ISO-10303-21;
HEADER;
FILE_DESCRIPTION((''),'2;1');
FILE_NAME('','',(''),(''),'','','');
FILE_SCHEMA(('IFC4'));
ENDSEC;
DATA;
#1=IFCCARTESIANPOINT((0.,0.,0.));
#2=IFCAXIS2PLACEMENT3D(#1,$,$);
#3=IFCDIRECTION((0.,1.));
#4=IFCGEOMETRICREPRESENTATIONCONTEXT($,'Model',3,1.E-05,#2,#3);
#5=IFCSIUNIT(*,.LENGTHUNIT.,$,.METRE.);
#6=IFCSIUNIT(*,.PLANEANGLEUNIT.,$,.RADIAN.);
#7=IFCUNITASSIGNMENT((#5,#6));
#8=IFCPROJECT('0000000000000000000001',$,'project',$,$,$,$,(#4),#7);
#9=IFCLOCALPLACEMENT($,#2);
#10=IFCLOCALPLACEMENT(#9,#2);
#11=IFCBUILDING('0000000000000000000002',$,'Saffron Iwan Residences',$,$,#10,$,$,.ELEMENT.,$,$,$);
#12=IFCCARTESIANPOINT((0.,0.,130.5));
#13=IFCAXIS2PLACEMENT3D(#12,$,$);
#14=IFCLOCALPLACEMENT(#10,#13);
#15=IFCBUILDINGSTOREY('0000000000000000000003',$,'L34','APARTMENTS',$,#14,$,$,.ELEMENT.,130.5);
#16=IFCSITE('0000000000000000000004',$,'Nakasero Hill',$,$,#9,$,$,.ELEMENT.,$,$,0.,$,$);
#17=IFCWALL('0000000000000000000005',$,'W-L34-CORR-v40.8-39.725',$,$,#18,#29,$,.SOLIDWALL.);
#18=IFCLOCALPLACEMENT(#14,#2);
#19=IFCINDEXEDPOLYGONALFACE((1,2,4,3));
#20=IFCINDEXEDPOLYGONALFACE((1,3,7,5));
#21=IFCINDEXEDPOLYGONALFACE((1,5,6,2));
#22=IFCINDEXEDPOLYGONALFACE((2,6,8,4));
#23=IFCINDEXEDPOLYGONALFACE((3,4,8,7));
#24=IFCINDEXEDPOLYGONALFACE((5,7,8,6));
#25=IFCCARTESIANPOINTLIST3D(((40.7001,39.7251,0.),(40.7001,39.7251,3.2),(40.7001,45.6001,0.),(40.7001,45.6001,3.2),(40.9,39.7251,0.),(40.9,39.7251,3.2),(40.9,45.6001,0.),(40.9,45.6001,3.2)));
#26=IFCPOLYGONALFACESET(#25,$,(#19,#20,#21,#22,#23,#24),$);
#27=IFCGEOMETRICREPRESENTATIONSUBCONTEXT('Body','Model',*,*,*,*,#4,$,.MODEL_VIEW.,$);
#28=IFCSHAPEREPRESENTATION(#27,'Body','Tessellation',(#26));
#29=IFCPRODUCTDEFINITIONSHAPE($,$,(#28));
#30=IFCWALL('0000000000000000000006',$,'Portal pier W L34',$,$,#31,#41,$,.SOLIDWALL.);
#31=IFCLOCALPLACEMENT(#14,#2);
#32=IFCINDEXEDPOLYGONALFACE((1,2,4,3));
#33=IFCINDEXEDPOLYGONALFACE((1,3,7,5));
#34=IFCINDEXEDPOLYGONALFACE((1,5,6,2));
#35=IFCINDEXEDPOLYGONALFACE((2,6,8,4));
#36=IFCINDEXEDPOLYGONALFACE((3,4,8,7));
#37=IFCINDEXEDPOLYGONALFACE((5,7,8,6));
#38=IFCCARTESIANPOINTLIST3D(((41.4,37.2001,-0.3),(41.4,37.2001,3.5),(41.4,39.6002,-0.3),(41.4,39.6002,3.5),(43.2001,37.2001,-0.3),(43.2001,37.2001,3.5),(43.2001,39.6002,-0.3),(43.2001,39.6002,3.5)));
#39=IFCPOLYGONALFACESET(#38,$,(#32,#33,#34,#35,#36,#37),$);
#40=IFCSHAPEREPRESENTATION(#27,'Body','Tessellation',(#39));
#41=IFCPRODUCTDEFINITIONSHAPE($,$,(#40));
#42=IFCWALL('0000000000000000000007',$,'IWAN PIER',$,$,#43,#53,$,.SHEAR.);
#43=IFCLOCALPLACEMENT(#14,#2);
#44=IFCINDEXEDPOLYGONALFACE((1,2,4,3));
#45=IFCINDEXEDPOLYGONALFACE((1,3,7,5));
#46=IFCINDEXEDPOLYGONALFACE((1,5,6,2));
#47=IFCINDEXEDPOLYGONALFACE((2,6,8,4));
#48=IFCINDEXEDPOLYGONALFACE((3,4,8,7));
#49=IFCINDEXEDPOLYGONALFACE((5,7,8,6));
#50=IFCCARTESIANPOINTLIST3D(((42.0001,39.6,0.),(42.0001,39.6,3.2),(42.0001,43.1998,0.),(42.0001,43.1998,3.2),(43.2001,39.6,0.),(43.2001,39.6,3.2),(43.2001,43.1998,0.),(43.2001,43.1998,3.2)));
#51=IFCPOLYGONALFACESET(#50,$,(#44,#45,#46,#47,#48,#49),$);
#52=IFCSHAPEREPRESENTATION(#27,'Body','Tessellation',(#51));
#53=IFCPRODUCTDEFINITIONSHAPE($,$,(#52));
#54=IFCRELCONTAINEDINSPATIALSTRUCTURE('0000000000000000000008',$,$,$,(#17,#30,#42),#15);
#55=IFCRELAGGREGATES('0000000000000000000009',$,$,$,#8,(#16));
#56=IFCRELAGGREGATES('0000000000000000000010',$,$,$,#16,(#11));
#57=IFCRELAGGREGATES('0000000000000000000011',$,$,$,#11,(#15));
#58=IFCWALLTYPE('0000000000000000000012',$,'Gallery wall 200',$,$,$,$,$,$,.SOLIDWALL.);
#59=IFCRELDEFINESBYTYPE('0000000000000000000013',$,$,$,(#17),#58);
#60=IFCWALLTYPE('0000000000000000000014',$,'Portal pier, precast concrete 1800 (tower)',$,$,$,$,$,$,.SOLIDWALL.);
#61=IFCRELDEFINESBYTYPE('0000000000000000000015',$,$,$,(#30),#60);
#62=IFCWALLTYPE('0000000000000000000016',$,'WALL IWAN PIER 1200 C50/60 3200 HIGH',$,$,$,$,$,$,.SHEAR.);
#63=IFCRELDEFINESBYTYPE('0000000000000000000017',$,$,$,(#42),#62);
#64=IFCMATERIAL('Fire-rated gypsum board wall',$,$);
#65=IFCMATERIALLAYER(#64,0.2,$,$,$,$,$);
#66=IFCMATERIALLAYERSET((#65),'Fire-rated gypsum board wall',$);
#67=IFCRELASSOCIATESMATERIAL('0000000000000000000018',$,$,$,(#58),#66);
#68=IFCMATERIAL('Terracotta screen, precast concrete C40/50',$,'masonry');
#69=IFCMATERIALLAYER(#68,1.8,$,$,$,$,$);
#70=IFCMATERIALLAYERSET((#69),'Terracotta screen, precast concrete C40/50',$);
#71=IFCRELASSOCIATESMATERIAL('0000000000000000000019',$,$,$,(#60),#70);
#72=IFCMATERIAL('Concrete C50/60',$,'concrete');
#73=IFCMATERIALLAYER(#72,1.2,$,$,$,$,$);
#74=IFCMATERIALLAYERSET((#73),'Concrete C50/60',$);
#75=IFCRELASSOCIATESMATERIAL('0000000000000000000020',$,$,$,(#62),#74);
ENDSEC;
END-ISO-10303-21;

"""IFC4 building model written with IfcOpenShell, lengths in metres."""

from ifc_helpers import new_model, si_unit, direction, frame, frame_2d, origin, place, context, subcontext, project, spatial, rectangle, extrude, material, layer, layer_set, type_object, element, save


model = new_model("IFC4")

# Units and contexts
model_context = context("Model", 3, precision=1e-05, world=origin(), true_north=direction((0.0, 1.0)))
body_context = subcontext(model_context, "Body", "Model", "MODEL_VIEW")
ifc_project = project(units=[si_unit("LENGTHUNIT", "METRE"), si_unit("PLANEANGLEUNIT", "RADIAN")], contexts=[model_context])

# Site, building, storey
site_placement = place(None, origin())
site = spatial("IfcSite", under=ifc_project, at=site_placement, Name="Nakasero Hill", CompositionType="ELEMENT", RefElevation=0.0)
building_placement = place(site_placement, origin())
building = spatial("IfcBuilding", under=site, at=building_placement, Name="Saffron Iwan Residences", CompositionType="ELEMENT")
storey_placement = place(building_placement, frame((0.0, 0.0, 130.5)))
storey = spatial("IfcBuildingStorey", under=building, at=storey_placement, Name="L34", Description="APARTMENTS", CompositionType="ELEMENT", Elevation=130.5)

# Shared definitions
ifc_material_1 = material(Name="Concrete C50/60", Category="concrete")

# Walls
ifc_material_2 = material(Name="Fire-rated gypsum board wall")
ifc_layer_1 = layer(ifc_material_2, 0.2)
ifc_layer_set_1 = layer_set([ifc_layer_1], Name="Fire-rated gypsum board wall")
wall_type_1 = type_object("IfcWallType", Name="Gallery wall 200", PredefinedType="SOLIDWALL", material=ifc_layer_set_1)
wall_1_placement = place(storey_placement, frame((40.8, 39.7251, 0.0), z_axis=(0.0, 0.0, 1.0), x_axis=(0.0, 1.0, 0.0)))
element("IfcWall", 1, at=wall_1_placement, inside=storey, type_object=wall_type_1, Name="W-L34-CORR-v40.8-39.725", PredefinedType="SOLIDWALL", context=body_context, shape_type="SweptSolid", body=[
    extrude(rectangle(XDim=5.875, YDim=0.2, at=frame_2d((2.9375, 0.0))), origin(), (0.0, 0.0, 1.0), 3.2),
])
ifc_material_3 = material(Name="Terracotta screen, precast concrete C40/50", Category="masonry")
ifc_layer_2 = layer(ifc_material_3, 1.8)
ifc_layer_set_2 = layer_set([ifc_layer_2], Name="Terracotta screen, precast concrete C40/50")
wall_type_2 = type_object("IfcWallType", Name="Portal pier, precast concrete 1800 (tower)", PredefinedType="SOLIDWALL", material=ifc_layer_set_2)
wall_2_placement = place(storey_placement, frame((42.3, 37.2, -0.3), z_axis=(0.0, 0.0, 1.0), x_axis=(0.0, 1.0, 0.0)))
element("IfcWall", 2, at=wall_2_placement, inside=storey, type_object=wall_type_2, Name="Portal pier W L34", PredefinedType="SOLIDWALL", context=body_context, shape_type="SweptSolid", body=[
    extrude(rectangle(XDim=2.4001, YDim=1.8, at=frame_2d((1.2002, 0.0))), origin(), (0.0, 0.0, 1.0), 3.8),
])
ifc_layer_3 = layer(ifc_material_1, 1.2)
ifc_layer_set_3 = layer_set([ifc_layer_3], Name="Concrete C50/60")
wall_type_3 = type_object("IfcWallType", Name="WALL IWAN PIER 1200 C50/60 3200 HIGH", PredefinedType="SHEAR", material=ifc_layer_set_3)
wall_3_placement = place(storey_placement, frame((42.6001, 39.6001, 0.0), z_axis=(0.0, 0.0, 1.0), x_axis=(0.0, 1.0, 0.0)))
element("IfcWall", 3, at=wall_3_placement, inside=storey, type_object=wall_type_3, Name="IWAN PIER", PredefinedType="SHEAR", context=body_context, shape_type="SweptSolid", body=[
    extrude(rectangle(XDim=3.5999, YDim=1.2, at=frame_2d((1.7998, 0.0))), origin(), (0.0, 0.0, 1.0), 3.2),
])

save(model, "model.ifc")
